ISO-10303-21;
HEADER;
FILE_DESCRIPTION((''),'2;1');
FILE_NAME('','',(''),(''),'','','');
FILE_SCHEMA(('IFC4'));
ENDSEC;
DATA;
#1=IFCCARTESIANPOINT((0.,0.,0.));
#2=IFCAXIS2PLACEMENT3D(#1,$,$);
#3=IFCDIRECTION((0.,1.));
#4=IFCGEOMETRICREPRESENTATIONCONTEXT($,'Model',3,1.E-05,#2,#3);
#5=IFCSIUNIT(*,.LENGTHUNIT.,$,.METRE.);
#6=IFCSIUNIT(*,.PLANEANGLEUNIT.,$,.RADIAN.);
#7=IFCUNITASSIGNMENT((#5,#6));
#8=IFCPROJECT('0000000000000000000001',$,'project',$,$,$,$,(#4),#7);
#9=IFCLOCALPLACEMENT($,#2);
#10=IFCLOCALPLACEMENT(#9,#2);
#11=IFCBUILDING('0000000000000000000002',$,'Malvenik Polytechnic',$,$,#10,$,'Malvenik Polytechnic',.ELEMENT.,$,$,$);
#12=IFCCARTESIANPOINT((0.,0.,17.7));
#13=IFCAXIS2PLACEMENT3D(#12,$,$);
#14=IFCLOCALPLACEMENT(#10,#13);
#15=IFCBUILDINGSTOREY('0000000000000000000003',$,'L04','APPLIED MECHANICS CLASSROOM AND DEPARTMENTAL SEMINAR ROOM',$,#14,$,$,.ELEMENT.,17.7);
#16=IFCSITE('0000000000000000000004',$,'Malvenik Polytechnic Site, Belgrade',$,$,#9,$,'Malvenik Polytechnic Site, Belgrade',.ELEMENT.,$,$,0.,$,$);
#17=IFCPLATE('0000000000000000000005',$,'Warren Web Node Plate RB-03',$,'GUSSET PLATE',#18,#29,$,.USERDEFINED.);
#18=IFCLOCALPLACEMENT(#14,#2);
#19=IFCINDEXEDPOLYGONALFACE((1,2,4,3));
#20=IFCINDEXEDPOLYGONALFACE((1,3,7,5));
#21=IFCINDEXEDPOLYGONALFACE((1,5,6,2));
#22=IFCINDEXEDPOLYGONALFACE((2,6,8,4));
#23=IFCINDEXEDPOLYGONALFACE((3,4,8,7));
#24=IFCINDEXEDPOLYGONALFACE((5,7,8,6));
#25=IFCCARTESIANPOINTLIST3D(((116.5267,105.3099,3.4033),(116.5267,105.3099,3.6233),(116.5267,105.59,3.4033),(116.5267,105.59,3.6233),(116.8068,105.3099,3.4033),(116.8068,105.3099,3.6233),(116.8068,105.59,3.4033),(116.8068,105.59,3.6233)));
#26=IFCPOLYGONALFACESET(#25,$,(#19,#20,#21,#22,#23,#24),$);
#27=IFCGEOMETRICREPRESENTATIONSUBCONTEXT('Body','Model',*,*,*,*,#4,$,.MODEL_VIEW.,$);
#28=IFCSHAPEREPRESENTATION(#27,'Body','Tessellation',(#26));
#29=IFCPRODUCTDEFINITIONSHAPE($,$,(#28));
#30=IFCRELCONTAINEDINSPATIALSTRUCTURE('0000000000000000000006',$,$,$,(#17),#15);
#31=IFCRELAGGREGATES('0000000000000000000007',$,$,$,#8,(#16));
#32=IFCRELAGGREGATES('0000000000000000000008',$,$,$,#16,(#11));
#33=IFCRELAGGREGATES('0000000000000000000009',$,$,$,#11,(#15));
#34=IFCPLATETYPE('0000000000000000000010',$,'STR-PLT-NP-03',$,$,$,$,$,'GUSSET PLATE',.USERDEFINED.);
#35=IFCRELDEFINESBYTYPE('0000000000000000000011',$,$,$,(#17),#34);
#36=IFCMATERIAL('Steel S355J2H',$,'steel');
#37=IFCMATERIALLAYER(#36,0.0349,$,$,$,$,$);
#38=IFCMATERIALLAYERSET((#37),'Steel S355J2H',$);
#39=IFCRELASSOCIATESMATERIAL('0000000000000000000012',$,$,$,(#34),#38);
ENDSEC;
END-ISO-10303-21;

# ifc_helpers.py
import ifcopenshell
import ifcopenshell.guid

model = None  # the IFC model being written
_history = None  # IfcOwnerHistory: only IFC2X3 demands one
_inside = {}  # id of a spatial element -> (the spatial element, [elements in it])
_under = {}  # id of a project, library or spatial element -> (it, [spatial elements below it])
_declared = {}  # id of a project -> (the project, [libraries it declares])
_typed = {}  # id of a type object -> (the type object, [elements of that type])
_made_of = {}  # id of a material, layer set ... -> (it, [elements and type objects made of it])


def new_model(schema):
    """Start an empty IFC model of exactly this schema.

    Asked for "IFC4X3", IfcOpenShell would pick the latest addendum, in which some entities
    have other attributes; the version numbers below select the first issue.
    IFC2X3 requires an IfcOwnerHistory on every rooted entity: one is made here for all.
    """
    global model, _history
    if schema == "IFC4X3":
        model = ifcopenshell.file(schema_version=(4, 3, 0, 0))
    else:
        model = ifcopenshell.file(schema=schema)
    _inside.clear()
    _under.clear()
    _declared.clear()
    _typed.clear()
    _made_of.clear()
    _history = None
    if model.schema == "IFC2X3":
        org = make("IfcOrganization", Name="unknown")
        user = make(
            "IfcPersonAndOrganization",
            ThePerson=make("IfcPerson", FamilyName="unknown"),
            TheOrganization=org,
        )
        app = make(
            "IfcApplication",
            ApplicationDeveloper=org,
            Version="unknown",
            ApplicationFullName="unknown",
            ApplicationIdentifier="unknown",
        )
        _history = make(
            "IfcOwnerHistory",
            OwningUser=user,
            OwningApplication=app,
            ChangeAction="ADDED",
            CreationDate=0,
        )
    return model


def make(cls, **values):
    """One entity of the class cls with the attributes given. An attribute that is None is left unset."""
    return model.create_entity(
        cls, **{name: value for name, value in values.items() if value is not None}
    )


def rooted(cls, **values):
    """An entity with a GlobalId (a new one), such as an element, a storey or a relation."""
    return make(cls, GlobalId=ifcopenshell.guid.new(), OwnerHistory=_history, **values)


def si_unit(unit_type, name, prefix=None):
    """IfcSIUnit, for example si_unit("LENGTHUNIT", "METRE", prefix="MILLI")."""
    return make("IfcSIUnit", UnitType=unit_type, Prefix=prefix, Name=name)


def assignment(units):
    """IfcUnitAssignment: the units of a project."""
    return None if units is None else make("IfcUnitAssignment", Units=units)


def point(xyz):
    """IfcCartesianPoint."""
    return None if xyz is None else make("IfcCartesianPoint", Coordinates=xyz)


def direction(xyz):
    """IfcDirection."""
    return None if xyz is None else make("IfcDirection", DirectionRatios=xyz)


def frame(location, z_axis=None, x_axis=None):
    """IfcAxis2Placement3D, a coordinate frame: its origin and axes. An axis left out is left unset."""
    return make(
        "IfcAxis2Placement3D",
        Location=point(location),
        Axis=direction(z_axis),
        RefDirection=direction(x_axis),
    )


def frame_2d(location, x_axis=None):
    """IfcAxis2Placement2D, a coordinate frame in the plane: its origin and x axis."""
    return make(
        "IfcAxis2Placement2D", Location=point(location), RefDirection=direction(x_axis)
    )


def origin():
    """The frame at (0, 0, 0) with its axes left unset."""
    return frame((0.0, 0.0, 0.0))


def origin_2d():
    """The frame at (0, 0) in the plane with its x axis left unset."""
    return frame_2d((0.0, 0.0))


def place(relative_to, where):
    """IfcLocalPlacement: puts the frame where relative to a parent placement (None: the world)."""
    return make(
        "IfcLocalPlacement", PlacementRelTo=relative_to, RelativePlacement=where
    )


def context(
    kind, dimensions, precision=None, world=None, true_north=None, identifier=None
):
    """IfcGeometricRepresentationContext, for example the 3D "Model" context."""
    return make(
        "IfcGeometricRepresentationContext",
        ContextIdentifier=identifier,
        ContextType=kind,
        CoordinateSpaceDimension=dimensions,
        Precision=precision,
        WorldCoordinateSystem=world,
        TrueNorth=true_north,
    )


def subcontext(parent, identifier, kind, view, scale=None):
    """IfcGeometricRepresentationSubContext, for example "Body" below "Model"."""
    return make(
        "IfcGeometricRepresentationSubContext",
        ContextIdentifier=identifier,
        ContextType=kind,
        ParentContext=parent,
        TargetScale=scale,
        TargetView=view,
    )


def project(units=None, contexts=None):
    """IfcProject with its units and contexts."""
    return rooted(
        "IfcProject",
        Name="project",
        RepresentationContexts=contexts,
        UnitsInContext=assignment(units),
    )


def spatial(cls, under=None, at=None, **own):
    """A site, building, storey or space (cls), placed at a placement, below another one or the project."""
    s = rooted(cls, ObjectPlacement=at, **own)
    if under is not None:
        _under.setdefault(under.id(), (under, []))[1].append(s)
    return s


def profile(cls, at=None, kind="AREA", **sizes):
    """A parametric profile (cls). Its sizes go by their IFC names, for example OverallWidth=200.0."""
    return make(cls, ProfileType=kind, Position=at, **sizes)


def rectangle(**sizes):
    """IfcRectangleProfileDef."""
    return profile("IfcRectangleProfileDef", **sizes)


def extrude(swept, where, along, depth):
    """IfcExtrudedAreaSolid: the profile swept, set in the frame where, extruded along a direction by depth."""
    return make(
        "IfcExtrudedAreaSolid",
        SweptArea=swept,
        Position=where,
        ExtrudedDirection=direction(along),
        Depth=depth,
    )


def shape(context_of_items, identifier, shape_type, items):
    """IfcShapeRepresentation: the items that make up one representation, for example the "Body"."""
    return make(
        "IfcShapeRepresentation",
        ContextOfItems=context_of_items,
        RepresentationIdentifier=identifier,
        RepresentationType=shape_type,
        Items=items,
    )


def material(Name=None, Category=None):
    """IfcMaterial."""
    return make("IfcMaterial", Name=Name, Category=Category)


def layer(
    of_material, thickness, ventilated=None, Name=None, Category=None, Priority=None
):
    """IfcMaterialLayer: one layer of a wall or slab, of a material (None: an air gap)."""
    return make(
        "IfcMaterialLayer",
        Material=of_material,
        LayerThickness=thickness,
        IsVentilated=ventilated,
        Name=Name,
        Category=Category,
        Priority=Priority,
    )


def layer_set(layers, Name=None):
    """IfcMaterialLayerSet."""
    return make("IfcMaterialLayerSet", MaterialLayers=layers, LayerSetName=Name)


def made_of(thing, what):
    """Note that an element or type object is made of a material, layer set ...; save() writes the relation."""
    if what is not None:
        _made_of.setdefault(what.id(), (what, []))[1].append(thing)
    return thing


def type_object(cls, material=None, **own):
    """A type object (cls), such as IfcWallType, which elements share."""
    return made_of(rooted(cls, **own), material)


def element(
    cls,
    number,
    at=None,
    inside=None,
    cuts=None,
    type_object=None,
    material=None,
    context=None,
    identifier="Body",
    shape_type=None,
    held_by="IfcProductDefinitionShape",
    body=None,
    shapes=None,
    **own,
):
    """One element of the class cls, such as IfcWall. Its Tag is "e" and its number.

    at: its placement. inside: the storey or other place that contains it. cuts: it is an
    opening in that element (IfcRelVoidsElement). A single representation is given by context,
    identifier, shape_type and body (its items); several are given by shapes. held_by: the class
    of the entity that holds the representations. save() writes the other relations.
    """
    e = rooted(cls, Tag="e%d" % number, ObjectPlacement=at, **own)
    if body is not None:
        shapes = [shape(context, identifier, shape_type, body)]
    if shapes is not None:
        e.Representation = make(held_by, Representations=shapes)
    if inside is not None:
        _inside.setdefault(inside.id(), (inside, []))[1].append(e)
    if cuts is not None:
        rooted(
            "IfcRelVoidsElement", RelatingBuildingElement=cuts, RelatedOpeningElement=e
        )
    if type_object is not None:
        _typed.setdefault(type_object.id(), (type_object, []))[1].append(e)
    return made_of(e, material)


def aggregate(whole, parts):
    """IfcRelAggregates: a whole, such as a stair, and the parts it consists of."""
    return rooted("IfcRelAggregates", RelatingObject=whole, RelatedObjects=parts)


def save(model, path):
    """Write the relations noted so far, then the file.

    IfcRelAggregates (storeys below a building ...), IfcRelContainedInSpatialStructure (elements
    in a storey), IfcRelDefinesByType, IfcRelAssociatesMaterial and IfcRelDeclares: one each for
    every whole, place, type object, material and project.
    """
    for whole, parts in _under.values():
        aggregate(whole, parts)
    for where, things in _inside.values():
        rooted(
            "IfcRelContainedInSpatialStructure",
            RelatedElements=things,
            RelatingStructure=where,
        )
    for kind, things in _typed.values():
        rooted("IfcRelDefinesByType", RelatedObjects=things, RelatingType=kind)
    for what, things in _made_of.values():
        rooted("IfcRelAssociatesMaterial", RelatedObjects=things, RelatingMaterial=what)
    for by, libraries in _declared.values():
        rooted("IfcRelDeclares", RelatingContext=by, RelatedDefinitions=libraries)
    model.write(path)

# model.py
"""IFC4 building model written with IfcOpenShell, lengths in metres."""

from ifc_helpers import new_model, si_unit, direction, frame, origin, origin_2d, place, context, subcontext, project, spatial, rectangle, extrude, material, layer, layer_set, type_object, element, save


model = new_model("IFC4")

# Units and contexts
model_context = context("Model", 3, precision=1e-05, world=origin(), true_north=direction((0.0, 1.0)))
body_context = subcontext(model_context, "Body", "Model", "MODEL_VIEW")
ifc_project = project(units=[si_unit("LENGTHUNIT", "METRE"), si_unit("PLANEANGLEUNIT", "RADIAN")], contexts=[model_context])

# Site, building, storey
site_placement = place(None, origin())
site = spatial("IfcSite", under=ifc_project, at=site_placement, Name="Malvenik Polytechnic Site, Belgrade", LongName="Malvenik Polytechnic Site, Belgrade", CompositionType="ELEMENT", RefElevation=0.0)
building_placement = place(site_placement, origin())
building = spatial("IfcBuilding", under=site, at=building_placement, Name="Malvenik Polytechnic", LongName="Malvenik Polytechnic", CompositionType="ELEMENT")
storey_placement = place(building_placement, frame((0.0, 0.0, 17.7)))
storey = spatial("IfcBuildingStorey", under=building, at=storey_placement, Name="L04", Description="APPLIED MECHANICS CLASSROOM AND DEPARTMENTAL SEMINAR ROOM", CompositionType="ELEMENT", Elevation=17.7)

# Shared definitions
ifc_material = material(Name="Steel S355J2H", Category="steel")

# Plate
ifc_layer = layer(ifc_material, 0.0349)
ifc_layer_set = layer_set([ifc_layer], Name="Steel S355J2H")
plate_type = type_object("IfcPlateType", Name="STR-PLT-NP-03", ElementType="GUSSET PLATE", PredefinedType="USERDEFINED", material=ifc_layer_set)
for number, where, z_axis, x_axis, name in (
    (1, (116.6667, 105.45, 3.4033), (0.0, 0.0, 1.0), (1.0, 0.0, 0.0), "Warren Web Node Plate RB-03"),
):
    element("IfcPlate", number, at=place(storey_placement, frame(where, z_axis=z_axis, x_axis=x_axis)), inside=storey, type_object=plate_type, Name=name, ObjectType="GUSSET PLATE", PredefinedType="USERDEFINED", context=body_context, shape_type="SweptSolid", body=[
        extrude(rectangle(XDim=0.28, YDim=0.28, at=origin_2d()), origin(), (0.0, 0.0, 1.0), 0.22),
    ])

save(model, "model.ifc")
